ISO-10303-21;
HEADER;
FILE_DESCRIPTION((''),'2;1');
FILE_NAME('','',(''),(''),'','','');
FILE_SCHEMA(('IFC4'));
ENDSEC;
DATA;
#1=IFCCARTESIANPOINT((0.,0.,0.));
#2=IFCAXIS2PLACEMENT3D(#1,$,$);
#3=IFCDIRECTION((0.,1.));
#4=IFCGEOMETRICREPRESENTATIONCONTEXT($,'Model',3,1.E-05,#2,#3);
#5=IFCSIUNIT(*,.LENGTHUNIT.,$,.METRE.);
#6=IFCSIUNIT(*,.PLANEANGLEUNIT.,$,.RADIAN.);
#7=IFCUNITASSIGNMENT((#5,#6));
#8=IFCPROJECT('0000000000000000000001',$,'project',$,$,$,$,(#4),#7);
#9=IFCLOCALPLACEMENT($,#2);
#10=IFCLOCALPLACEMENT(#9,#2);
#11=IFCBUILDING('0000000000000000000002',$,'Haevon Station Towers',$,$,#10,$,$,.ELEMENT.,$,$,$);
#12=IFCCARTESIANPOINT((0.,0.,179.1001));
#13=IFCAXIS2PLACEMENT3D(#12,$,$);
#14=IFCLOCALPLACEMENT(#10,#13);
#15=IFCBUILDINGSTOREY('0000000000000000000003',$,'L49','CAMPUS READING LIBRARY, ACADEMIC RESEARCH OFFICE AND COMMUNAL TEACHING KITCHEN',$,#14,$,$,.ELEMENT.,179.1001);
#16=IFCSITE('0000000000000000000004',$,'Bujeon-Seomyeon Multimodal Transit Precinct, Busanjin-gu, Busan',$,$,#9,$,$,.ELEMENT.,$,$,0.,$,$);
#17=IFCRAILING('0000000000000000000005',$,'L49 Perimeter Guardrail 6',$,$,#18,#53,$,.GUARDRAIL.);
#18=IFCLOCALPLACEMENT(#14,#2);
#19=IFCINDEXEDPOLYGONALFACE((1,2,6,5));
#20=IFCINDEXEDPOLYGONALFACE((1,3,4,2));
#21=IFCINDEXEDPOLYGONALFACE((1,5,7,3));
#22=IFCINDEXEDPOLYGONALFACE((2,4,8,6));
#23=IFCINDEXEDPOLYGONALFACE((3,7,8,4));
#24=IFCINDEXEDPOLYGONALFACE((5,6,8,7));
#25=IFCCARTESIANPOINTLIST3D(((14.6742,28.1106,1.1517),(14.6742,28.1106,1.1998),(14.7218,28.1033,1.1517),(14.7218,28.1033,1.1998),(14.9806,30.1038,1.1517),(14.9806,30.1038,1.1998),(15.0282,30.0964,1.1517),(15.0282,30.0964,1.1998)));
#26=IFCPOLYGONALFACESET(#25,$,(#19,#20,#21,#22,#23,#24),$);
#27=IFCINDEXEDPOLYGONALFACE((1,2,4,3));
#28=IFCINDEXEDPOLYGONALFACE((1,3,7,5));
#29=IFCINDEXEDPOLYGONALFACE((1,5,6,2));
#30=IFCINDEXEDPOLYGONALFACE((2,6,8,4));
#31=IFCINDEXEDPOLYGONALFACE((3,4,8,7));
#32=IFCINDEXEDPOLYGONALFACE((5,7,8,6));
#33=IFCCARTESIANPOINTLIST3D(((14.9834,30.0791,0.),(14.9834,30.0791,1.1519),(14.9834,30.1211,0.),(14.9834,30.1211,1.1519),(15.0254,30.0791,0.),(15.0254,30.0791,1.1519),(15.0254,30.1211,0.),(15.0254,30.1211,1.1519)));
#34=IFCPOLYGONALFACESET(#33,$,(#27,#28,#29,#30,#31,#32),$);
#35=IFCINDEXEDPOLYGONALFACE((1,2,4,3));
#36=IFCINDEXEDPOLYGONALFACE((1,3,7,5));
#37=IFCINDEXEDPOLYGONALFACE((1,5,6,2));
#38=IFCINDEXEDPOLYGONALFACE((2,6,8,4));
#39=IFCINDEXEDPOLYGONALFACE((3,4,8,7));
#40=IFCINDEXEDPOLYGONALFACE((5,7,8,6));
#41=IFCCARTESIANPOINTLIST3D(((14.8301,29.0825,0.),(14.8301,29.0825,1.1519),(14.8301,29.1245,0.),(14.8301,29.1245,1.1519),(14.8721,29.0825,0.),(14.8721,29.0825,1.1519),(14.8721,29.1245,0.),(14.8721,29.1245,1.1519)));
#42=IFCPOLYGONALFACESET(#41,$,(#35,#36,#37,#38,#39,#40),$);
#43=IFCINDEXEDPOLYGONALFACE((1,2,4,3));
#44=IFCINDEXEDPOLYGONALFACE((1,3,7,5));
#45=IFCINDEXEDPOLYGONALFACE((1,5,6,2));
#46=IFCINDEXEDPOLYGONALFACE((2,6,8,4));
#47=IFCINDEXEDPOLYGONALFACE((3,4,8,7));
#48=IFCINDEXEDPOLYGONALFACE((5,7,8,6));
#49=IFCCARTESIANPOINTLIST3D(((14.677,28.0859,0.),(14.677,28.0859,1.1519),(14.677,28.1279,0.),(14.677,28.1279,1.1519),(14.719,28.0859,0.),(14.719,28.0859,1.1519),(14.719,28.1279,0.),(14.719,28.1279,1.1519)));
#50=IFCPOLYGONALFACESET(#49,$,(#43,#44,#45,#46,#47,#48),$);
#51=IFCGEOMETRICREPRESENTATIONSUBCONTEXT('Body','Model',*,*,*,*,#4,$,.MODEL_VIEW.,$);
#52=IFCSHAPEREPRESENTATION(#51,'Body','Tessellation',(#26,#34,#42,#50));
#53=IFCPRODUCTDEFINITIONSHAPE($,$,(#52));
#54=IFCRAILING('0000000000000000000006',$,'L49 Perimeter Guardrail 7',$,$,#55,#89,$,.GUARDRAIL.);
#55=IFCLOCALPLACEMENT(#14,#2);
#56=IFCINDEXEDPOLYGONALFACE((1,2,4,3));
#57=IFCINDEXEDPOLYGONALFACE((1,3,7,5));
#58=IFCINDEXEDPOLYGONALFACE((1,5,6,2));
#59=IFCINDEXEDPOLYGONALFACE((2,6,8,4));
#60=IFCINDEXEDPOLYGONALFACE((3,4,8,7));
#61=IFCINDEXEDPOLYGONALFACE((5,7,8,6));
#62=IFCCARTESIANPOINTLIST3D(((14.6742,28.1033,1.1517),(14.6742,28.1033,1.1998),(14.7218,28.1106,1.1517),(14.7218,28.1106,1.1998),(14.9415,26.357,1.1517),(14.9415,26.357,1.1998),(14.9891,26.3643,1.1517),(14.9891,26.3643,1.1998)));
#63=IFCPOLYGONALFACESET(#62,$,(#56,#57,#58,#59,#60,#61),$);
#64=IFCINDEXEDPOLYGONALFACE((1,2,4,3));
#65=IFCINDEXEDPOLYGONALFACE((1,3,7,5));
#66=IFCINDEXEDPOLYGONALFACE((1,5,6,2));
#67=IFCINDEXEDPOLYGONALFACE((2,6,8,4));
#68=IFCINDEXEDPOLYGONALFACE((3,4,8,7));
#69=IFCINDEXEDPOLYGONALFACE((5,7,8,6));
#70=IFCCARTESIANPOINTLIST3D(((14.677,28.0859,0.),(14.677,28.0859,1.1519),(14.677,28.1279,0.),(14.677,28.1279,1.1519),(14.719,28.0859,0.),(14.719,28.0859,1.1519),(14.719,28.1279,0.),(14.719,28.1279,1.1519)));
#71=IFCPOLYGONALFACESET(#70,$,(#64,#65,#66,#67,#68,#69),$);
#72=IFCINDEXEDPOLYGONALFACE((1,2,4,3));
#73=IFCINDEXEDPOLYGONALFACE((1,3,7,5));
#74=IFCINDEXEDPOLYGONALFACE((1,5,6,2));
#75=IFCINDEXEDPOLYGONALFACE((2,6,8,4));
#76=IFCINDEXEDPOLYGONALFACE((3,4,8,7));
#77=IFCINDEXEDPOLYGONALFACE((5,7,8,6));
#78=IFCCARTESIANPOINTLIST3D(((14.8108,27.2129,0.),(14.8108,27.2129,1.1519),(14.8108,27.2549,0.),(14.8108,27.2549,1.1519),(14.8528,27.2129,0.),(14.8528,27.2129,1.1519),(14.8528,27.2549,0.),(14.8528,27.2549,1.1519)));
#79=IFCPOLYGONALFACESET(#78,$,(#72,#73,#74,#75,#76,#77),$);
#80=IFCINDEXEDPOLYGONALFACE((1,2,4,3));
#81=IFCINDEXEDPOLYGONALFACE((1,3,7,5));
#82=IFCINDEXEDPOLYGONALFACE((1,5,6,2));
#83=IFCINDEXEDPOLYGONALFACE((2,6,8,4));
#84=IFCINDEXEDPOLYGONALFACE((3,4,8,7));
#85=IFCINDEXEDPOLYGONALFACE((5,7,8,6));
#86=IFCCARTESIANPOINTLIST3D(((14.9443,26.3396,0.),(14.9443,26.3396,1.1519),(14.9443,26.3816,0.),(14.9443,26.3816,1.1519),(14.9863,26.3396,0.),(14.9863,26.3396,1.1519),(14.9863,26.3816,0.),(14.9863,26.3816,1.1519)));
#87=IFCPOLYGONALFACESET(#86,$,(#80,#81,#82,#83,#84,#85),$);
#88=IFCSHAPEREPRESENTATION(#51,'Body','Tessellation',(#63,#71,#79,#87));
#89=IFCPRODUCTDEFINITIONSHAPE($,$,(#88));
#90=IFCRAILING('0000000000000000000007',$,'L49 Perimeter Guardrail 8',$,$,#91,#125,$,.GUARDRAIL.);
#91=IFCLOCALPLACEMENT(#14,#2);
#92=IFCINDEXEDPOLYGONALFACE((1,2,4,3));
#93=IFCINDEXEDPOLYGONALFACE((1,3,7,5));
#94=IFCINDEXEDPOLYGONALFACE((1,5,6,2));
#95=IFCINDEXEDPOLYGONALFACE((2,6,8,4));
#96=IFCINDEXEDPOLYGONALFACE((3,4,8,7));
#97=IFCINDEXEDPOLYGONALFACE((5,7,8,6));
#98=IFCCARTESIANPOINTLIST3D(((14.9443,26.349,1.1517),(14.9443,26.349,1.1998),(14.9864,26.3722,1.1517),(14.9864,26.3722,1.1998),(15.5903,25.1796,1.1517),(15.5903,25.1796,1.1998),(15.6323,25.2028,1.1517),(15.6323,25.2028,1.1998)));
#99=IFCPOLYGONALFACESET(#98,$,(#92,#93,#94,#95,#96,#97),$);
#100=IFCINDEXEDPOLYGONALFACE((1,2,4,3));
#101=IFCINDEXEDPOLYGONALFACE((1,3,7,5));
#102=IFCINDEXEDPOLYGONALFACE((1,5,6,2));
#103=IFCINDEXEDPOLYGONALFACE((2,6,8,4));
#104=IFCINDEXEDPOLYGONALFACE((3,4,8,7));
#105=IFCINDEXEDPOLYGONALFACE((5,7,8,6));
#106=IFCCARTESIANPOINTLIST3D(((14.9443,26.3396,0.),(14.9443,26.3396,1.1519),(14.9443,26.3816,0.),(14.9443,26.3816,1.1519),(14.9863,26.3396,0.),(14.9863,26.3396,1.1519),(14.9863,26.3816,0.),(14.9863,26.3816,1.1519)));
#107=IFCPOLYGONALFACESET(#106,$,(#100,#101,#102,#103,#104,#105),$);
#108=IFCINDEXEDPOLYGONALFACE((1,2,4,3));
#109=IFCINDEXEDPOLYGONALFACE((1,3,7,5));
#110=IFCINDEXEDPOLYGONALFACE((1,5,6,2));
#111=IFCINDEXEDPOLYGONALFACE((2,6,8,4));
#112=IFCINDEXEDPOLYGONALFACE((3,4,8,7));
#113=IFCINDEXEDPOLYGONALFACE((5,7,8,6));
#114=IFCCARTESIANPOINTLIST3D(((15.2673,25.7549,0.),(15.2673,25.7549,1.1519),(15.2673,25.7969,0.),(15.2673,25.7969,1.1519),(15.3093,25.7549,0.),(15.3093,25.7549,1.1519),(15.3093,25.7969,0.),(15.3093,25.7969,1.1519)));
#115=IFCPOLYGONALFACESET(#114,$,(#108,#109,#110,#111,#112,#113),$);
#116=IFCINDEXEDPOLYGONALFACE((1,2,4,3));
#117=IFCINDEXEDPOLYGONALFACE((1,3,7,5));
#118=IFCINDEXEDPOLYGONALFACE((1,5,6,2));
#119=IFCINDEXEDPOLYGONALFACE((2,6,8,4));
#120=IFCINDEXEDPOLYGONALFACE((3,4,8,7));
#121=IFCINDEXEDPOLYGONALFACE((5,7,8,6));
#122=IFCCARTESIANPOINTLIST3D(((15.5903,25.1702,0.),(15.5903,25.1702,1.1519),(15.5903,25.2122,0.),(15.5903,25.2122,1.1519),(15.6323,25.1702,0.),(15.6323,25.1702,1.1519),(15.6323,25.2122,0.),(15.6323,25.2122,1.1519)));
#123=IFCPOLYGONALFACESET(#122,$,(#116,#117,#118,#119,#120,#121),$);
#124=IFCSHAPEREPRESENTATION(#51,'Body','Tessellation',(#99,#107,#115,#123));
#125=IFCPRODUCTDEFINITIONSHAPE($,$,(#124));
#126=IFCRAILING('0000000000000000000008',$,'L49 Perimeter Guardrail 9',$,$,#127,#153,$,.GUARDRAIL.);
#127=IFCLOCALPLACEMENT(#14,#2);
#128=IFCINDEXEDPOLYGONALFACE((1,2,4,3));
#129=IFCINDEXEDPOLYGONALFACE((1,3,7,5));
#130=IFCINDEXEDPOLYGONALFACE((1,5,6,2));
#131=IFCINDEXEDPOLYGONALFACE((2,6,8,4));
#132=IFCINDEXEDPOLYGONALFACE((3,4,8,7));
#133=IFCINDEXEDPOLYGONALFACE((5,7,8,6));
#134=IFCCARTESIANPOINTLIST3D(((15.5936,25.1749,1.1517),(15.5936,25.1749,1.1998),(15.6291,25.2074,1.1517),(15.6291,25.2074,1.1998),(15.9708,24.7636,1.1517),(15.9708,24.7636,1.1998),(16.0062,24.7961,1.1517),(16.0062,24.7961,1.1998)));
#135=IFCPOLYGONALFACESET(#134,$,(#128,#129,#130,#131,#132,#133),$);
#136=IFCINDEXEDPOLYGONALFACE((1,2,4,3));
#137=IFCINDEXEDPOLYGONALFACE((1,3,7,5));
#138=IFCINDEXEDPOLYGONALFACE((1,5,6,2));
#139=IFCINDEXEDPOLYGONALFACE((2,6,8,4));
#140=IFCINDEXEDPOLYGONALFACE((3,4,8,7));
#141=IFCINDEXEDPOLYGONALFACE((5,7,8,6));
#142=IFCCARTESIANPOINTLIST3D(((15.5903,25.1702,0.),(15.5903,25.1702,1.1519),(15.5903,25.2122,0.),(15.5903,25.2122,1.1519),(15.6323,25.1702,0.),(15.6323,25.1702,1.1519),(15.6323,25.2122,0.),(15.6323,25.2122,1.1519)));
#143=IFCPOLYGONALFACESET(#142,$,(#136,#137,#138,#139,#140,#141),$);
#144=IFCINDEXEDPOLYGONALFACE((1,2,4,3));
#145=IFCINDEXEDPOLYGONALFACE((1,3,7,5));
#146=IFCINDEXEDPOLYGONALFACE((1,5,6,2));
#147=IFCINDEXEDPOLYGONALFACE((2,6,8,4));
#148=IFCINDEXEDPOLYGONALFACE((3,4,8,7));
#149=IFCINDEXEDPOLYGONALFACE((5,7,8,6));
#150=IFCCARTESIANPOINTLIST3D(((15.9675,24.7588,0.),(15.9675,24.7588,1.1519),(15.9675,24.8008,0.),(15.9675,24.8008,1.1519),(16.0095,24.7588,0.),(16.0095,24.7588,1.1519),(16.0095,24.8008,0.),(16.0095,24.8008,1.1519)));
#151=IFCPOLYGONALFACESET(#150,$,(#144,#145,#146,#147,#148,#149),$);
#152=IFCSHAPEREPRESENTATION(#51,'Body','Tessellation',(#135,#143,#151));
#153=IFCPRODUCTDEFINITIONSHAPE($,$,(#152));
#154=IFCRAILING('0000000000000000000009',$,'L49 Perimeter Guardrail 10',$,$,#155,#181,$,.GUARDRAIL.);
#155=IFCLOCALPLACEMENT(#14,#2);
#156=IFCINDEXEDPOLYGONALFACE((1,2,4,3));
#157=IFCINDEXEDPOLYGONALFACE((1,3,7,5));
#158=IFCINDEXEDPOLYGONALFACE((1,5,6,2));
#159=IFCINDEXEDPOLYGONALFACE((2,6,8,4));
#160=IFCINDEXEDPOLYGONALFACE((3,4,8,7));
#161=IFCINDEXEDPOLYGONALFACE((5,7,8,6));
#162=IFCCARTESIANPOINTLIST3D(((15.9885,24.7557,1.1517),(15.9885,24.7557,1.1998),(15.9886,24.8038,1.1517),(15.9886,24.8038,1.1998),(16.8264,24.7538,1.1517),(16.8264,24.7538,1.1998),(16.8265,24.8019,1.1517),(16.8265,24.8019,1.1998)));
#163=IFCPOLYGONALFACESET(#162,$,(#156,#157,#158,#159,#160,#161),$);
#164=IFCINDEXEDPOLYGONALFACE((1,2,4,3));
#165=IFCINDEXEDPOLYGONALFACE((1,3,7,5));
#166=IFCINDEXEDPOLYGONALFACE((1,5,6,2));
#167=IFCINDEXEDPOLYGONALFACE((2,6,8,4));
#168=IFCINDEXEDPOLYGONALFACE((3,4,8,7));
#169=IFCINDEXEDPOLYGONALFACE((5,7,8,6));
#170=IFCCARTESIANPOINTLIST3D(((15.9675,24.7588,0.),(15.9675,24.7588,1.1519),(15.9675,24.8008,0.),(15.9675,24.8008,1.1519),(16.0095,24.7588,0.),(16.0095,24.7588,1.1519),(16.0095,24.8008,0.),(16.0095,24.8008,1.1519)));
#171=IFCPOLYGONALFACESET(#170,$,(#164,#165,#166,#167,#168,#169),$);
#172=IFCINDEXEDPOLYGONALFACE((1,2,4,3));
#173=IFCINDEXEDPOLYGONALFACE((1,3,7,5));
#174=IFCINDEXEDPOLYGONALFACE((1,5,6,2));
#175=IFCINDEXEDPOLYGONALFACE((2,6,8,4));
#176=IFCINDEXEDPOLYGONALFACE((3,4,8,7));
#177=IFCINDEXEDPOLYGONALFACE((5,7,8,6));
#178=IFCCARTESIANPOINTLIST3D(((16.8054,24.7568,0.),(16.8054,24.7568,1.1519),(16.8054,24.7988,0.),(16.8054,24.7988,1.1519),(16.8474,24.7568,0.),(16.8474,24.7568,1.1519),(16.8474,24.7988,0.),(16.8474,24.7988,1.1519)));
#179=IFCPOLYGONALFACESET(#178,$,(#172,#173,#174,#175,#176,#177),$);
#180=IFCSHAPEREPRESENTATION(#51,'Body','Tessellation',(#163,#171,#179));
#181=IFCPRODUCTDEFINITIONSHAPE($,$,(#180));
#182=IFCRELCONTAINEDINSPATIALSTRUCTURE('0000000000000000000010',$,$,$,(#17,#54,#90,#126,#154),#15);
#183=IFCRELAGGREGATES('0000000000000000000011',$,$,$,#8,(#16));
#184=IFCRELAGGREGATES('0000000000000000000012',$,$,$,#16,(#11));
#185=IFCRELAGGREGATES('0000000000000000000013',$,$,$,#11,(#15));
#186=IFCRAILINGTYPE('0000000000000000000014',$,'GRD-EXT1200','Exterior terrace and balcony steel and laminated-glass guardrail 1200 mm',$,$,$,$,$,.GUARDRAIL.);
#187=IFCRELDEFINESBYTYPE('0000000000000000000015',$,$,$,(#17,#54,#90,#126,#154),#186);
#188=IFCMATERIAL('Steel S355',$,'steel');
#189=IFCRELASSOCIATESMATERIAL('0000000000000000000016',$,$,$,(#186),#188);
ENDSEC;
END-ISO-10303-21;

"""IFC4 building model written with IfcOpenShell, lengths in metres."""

from ifc_helpers import new_model, si_unit, direction, frame, origin, origin_2d, place, context, subcontext, project, spatial, rectangle, extrude, material, type_object, element, save


model = new_model("IFC4")

# Units and contexts
model_context = context("Model", 3, precision=1e-05, world=origin(), true_north=direction((0.0, 1.0)))
body_context = subcontext(model_context, "Body", "Model", "MODEL_VIEW")
ifc_project = project(units=[si_unit("LENGTHUNIT", "METRE"), si_unit("PLANEANGLEUNIT", "RADIAN")], contexts=[model_context])

# Site, building, storey
site_placement = place(None, origin())
site = spatial("IfcSite", under=ifc_project, at=site_placement, Name="Bujeon-Seomyeon Multimodal Transit Precinct, Busanjin-gu, Busan", CompositionType="ELEMENT", RefElevation=0.0)
building_placement = place(site_placement, origin())
building = spatial("IfcBuilding", under=site, at=building_placement, Name="Haevon Station Towers", CompositionType="ELEMENT")
storey_placement = place(building_placement, frame((0.0, 0.0, 179.1001)))
storey = spatial("IfcBuildingStorey", under=building, at=storey_placement, Name="L49", Description="CAMPUS READING LIBRARY, ACADEMIC RESEARCH OFFICE AND COMMUNAL TEACHING KITCHEN", CompositionType="ELEMENT", Elevation=179.1001)

# Shared definitions
ifc_material_1 = material(Name="Steel S355", Category="steel")

# Railings
railing_type = type_object("IfcRailingType", Name="GRD-EXT1200", Description="Exterior terrace and balcony steel and laminated-glass guardrail 1200 mm", PredefinedType="GUARDRAIL", material=ifc_material_1)
railing_1_placement = place(storey_placement, frame((15.0044, 30.1001, 0.0)))
element("IfcRailing", 1, at=railing_1_placement, inside=storey, type_object=railing_type, Name="L49 Perimeter Guardrail 6", PredefinedType="GUARDRAIL", context=body_context, shape_type="SweptSolid", body=[
    extrude(rectangle(XDim=0.0481, YDim=0.0481, at=origin_2d()), frame((0.0, 0.0, 1.1758), z_axis=(-0.151939, -0.98839, 0.0), x_axis=(0.98839, -0.151939, 0.0)), (0.0, 0.0, 1.0), 2.0166),
    extrude(rectangle(XDim=0.042, YDim=0.042, at=origin_2d()), origin(), (0.0, 0.0, 1.0), 1.1519),
    extrude(rectangle(XDim=0.042, YDim=0.042, at=origin_2d()), frame((-0.1533, -0.9966, 0.0)), (0.0, 0.0, 1.0), 1.1519),
    extrude(rectangle(XDim=0.042, YDim=0.042, at=origin_2d()), frame((-0.3064, -1.9932, 0.0)), (0.0, 0.0, 1.0), 1.1519),
])
railing_2_placement = place(storey_placement, frame((14.698, 28.1069, 0.0)))
element("IfcRailing", 2, at=railing_2_placement, inside=storey, type_object=railing_type, Name="L49 Perimeter Guardrail 7", PredefinedType="GUARDRAIL", context=body_context, shape_type="SweptSolid", body=[
    extrude(rectangle(XDim=0.0481, YDim=0.0481, at=origin_2d()), frame((0.0, 0.0, 1.1758), z_axis=(0.15132, -0.988485, 0.0), x_axis=(0.988485, 0.15132, 0.0)), (0.0, 0.0, 1.0), 1.7666),
    extrude(rectangle(XDim=0.042, YDim=0.042, at=origin_2d()), origin(), (0.0, 0.0, 1.0), 1.1519),
    extrude(rectangle(XDim=0.042, YDim=0.042, at=origin_2d()), frame((0.1338, -0.873, 0.0)), (0.0, 0.0, 1.0), 1.1519),
    extrude(rectangle(XDim=0.042, YDim=0.042, at=origin_2d()), frame((0.2673, -1.7463, 0.0)), (0.0, 0.0, 1.0), 1.1519),
])
railing_3_placement = place(storey_placement, frame((14.9653, 26.3606, 0.0)))
element("IfcRailing", 3, at=railing_3_placement, inside=storey, type_object=railing_type, Name="L49 Perimeter Guardrail 8", PredefinedType="GUARDRAIL", context=body_context, shape_type="SweptSolid", body=[
    extrude(rectangle(XDim=0.0481, YDim=0.0481, at=origin_2d()), frame((0.0, 0.0, 1.1758), z_axis=(0.483531, -0.875327, 0.0), x_axis=(0.875327, 0.483531, 0.0)), (0.0, 0.0, 1.0), 1.3359),
    extrude(rectangle(XDim=0.042, YDim=0.042, at=origin_2d()), origin(), (0.0, 0.0, 1.0), 1.1519),
    extrude(rectangle(XDim=0.042, YDim=0.042, at=origin_2d()), frame((0.323, -0.5847, 0.0)), (0.0, 0.0, 1.0), 1.1519),
    extrude(rectangle(XDim=0.042, YDim=0.042, at=origin_2d()), frame((0.646, -1.1694, 0.0)), (0.0, 0.0, 1.0), 1.1519),
])
railing_4_placement = place(storey_placement, frame((15.6113, 25.1912, 0.0)))
element("IfcRailing", 4, at=railing_4_placement, inside=storey, type_object=railing_type, Name="L49 Perimeter Guardrail 9", PredefinedType="GUARDRAIL", context=body_context, shape_type="SweptSolid", body=[
    extrude(rectangle(XDim=0.0481, YDim=0.0481, at=origin_2d()), frame((0.0, 0.0, 1.1758), z_axis=(0.675824, -0.737063, 0.0), x_axis=(0.737063, 0.675824, 0.0)), (0.0, 0.0, 1.0), 0.5581),
    extrude(rectangle(XDim=0.042, YDim=0.042, at=origin_2d()), origin(), (0.0, 0.0, 1.0), 1.1519),
    extrude(rectangle(XDim=0.042, YDim=0.042, at=origin_2d()), frame((0.3772, -0.4114, 0.0)), (0.0, 0.0, 1.0), 1.1519),
])
railing_5_placement = place(storey_placement, frame((15.9885, 24.7798, 0.0)))
element("IfcRailing", 5, at=railing_5_placement, inside=storey, type_object=railing_type, Name="L49 Perimeter Guardrail 10", PredefinedType="GUARDRAIL", context=body_context, shape_type="SweptSolid", body=[
    extrude(rectangle(XDim=0.0481, YDim=0.0481, at=origin_2d()), frame((0.0, 0.0, 1.1758), z_axis=(0.999997, -0.002331, 0.0), x_axis=(0.002331, 0.999997, 0.0)), (0.0, 0.0, 1.0), 0.8379),
    extrude(rectangle(XDim=0.042, YDim=0.042, at=origin_2d()), origin(), (0.0, 0.0, 1.0), 1.1519),
    extrude(rectangle(XDim=0.042, YDim=0.042, at=origin_2d()), frame((0.8379, -0.002, 0.0)), (0.0, 0.0, 1.0), 1.1519),
])

save(model, "model.ifc")
